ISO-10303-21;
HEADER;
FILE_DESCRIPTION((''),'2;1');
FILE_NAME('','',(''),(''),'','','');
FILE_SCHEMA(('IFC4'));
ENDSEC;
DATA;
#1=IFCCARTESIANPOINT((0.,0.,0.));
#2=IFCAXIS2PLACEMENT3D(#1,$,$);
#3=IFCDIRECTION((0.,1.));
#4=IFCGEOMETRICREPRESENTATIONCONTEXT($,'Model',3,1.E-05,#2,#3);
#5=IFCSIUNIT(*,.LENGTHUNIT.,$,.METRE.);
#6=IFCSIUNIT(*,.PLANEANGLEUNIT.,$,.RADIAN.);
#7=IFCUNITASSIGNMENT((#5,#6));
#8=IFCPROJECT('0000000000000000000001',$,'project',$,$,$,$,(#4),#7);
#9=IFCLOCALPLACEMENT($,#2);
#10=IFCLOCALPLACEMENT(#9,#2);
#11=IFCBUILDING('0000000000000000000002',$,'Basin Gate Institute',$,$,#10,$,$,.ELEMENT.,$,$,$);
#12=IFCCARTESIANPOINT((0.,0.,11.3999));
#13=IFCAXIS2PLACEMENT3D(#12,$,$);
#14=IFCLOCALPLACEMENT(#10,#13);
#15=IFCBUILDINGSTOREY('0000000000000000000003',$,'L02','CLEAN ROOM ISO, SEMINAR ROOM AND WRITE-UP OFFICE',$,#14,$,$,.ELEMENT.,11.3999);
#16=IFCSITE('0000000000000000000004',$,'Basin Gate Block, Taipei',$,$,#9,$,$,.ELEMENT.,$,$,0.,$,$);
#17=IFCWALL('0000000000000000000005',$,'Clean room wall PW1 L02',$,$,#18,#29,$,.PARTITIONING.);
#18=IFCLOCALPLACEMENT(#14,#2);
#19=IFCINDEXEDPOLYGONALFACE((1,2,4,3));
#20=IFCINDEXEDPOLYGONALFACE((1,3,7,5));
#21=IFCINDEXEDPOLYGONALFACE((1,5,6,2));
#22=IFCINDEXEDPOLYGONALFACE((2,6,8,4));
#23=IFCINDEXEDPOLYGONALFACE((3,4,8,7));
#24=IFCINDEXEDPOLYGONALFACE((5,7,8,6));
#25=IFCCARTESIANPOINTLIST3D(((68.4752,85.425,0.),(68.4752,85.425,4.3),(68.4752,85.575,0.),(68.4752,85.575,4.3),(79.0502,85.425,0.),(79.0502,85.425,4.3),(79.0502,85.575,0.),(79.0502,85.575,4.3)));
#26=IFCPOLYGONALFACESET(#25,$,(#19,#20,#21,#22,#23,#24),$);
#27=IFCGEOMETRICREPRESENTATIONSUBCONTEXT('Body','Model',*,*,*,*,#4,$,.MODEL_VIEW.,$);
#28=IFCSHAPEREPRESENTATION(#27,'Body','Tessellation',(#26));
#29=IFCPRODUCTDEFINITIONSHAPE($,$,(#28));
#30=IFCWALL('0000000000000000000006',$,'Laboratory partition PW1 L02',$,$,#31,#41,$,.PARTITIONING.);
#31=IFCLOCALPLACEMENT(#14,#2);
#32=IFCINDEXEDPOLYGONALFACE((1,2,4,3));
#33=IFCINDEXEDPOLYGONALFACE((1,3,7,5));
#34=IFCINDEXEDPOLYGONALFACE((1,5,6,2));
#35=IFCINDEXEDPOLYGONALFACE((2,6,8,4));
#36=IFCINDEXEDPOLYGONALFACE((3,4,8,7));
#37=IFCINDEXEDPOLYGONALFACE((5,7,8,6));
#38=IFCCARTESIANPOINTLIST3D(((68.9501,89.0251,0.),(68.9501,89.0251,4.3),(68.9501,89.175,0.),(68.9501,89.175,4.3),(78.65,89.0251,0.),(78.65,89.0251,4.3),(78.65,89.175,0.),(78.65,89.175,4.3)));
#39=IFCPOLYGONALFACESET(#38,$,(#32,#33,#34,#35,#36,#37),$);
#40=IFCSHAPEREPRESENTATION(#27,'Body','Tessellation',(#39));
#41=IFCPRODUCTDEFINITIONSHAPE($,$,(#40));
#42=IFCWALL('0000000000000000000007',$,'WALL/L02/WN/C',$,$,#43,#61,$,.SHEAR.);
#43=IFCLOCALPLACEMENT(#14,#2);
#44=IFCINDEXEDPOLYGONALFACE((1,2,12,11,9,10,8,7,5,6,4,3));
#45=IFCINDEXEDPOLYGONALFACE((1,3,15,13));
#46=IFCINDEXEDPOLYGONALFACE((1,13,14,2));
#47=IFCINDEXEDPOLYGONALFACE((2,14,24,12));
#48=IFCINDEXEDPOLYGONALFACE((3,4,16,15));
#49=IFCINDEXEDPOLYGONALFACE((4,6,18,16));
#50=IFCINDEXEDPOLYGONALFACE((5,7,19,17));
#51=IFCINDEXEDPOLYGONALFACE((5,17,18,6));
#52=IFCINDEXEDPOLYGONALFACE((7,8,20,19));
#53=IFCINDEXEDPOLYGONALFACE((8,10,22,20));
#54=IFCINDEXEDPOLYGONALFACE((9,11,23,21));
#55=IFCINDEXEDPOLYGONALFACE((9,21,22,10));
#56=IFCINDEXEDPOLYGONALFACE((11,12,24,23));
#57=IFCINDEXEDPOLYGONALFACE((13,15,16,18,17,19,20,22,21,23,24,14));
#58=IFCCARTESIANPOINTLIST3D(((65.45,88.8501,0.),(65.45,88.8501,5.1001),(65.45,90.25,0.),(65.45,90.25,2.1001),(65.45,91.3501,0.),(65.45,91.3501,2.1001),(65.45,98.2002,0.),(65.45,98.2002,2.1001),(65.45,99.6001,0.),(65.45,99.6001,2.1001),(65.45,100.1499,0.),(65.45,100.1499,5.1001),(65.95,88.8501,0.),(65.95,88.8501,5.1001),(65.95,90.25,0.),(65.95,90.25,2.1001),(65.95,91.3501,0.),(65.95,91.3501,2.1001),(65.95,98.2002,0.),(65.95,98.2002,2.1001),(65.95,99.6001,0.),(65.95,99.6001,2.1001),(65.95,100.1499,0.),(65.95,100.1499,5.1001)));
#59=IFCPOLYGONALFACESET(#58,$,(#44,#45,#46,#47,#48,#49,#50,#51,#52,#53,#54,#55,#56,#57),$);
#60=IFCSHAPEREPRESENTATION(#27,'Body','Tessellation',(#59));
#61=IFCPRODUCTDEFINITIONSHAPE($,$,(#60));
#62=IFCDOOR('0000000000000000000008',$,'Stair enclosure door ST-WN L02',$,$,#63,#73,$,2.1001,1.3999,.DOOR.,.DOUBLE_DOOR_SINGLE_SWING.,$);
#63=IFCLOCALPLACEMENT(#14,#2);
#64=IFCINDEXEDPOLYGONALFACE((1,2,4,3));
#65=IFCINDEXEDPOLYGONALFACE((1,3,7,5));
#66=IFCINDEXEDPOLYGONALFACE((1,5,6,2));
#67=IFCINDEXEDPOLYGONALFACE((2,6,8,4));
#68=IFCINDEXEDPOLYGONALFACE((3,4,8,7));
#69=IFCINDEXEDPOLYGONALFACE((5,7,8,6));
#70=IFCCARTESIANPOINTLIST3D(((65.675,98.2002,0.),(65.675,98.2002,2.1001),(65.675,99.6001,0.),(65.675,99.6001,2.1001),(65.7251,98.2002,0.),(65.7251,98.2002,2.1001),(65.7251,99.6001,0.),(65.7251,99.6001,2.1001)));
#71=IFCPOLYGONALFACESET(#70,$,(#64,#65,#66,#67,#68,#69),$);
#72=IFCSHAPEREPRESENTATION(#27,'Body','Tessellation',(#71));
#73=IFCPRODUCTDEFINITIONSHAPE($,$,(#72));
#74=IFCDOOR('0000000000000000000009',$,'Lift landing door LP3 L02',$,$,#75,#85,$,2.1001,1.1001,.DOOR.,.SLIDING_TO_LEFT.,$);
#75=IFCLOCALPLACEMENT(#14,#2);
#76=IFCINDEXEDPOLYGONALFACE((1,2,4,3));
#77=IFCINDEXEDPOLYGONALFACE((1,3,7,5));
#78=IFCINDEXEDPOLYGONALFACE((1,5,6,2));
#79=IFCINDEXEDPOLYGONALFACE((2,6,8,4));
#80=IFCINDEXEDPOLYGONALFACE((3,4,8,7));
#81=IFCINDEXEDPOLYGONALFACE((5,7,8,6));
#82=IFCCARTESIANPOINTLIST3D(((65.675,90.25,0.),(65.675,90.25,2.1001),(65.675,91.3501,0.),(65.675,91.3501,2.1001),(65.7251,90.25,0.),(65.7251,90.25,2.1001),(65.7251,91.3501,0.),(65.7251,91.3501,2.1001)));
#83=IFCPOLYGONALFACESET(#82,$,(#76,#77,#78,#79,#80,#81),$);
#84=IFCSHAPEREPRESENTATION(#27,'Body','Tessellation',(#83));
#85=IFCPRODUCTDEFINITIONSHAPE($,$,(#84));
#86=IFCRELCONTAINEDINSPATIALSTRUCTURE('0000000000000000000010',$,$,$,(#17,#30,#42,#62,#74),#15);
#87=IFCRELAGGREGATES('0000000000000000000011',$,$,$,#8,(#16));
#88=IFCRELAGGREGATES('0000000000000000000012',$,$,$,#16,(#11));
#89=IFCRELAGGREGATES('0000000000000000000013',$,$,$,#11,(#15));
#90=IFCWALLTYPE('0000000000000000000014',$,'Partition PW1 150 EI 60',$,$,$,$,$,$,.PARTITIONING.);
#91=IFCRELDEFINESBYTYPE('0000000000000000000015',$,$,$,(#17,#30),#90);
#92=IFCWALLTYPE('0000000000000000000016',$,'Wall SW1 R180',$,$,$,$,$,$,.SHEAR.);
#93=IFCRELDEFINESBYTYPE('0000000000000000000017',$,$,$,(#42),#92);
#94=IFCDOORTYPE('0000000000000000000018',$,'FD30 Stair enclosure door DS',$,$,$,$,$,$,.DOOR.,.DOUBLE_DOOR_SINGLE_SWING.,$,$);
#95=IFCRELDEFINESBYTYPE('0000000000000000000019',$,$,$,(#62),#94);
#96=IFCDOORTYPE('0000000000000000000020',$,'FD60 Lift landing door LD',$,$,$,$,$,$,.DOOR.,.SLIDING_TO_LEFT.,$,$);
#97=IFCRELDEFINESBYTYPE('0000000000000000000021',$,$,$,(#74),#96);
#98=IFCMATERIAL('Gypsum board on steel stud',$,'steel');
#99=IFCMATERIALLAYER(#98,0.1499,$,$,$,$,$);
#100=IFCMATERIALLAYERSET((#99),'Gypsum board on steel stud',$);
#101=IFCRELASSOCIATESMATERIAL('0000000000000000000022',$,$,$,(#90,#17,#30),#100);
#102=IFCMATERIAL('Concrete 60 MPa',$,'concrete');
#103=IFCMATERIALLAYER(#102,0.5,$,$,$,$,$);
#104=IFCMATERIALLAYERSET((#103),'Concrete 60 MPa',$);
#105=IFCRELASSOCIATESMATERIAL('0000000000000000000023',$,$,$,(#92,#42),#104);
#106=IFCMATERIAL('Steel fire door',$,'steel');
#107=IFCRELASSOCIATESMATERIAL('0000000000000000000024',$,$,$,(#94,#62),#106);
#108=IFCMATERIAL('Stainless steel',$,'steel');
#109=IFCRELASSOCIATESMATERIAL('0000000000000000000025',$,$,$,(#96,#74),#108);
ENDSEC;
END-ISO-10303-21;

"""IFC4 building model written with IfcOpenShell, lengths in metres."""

from ifc_helpers import new_model, si_unit, direction, frame, frame_2d, origin, place, context, subcontext, project, spatial, rectangle, extrude, material, layer, layer_set, type_object, element, fill, save


model = new_model("IFC4")

# Units and contexts
model_context = context("Model", 3, precision=1e-05, world=origin(), true_north=direction((0.0, 1.0)))
body_context = subcontext(model_context, "Body", "Model", "MODEL_VIEW")
ifc_project = project(units=[si_unit("LENGTHUNIT", "METRE"), si_unit("PLANEANGLEUNIT", "RADIAN")], contexts=[model_context])

# Site, building, storey
site_placement = place(None, origin())
site = spatial("IfcSite", under=ifc_project, at=site_placement, Name="Basin Gate Block, Taipei", CompositionType="ELEMENT", RefElevation=0.0)
building_placement = place(site_placement, origin())
building = spatial("IfcBuilding", under=site, at=building_placement, Name="Basin Gate Institute", CompositionType="ELEMENT")
storey_placement = place(building_placement, frame((0.0, 0.0, 11.3999)))
storey = spatial("IfcBuildingStorey", under=building, at=storey_placement, Name="L02", Description="CLEAN ROOM ISO, SEMINAR ROOM AND WRITE-UP OFFICE", CompositionType="ELEMENT", Elevation=11.3999)

# Shared definitions
ifc_material_1 = material(Name="Gypsum board on steel stud", Category="steel")
ifc_layer_1 = layer(ifc_material_1, 0.1499)
ifc_layer_set_1 = layer_set([ifc_layer_1], Name="Gypsum board on steel stud")
wall_type_1 = type_object("IfcWallType", Name="Partition PW1 150 EI 60", PredefinedType="PARTITIONING", material=ifc_layer_set_1)

# Walls
wall_1_placement = place(storey_placement, frame((68.4751, 85.5, 0.0), z_axis=(0.0, 0.0, 1.0), x_axis=(1.0, 0.0, 0.0)))
element("IfcWall", 1, at=wall_1_placement, inside=storey, type_object=wall_type_1, material=ifc_layer_set_1, Name="Clean room wall PW1 L02", PredefinedType="PARTITIONING", context=body_context, shape_type="SweptSolid", body=[
    extrude(rectangle(XDim=10.575, YDim=0.1499, at=frame_2d((5.2876, 0.0))), origin(), (0.0, 0.0, 1.0), 4.3),
])
wall_2_placement = place(storey_placement, frame((68.95, 89.1001, 0.0), z_axis=(0.0, 0.0, 1.0), x_axis=(1.0, 0.0, 0.0)))
element("IfcWall", 2, at=wall_2_placement, inside=storey, type_object=wall_type_1, material=ifc_layer_set_1, Name="Laboratory partition PW1 L02", PredefinedType="PARTITIONING", context=body_context, shape_type="SweptSolid", body=[
    extrude(rectangle(XDim=9.7, YDim=0.1499, at=frame_2d((4.8501, 0.0))), origin(), (0.0, 0.0, 1.0), 4.3),
])

# Wall, openings, doors
ifc_material_2 = material(Name="Concrete 60 MPa", Category="concrete")
ifc_layer_2 = layer(ifc_material_2, 0.5)
ifc_layer_set_2 = layer_set([ifc_layer_2], Name="Concrete 60 MPa")
wall_type_2 = type_object("IfcWallType", Name="Wall SW1 R180", PredefinedType="SHEAR", material=ifc_layer_set_2)
wall_3_placement = place(storey_placement, frame((65.7, 88.8501, 0.0), z_axis=(0.0, 0.0, 1.0), x_axis=(0.0, 1.0, 0.0)))
wall_3 = element("IfcWall", 3, at=wall_3_placement, inside=storey, type_object=wall_type_2, material=ifc_layer_set_2, Name="WALL/L02/WN/C", PredefinedType="SHEAR", context=body_context, shape_type="SweptSolid", body=[
    extrude(rectangle(XDim=11.2998, YDim=0.5, at=frame_2d((5.6499, 0.0))), origin(), (0.0, 0.0, 1.0), 5.1001),
])
opening_1_placement = place(wall_3_placement, frame((9.3501, 0.0, 0.0)))
opening_1 = element("IfcOpeningElement", 4, at=opening_1_placement, cuts=wall_3, PredefinedType="OPENING", context=body_context, shape_type="SweptSolid", body=[
    extrude(rectangle(XDim=1.3999, YDim=2.1001, at=frame_2d((0.7, 1.05))), frame((0.0, 0.26, 0.0), z_axis=(0.0, -1.0, 0.0), x_axis=(1.0, 0.0, 0.0)), (0.0, 0.0, 1.0), 0.52),
])
opening_2_placement = place(wall_3_placement, frame((1.3999, 0.0, 0.0)))
opening_2 = element("IfcOpeningElement", 5, at=opening_2_placement, cuts=wall_3, PredefinedType="OPENING", context=body_context, shape_type="SweptSolid", body=[
    extrude(rectangle(XDim=1.1001, YDim=2.1001, at=frame_2d((0.55, 1.05))), frame((0.0, 0.26, 0.0), z_axis=(0.0, -1.0, 0.0), x_axis=(1.0, 0.0, 0.0)), (0.0, 0.0, 1.0), 0.52),
])
ifc_material_3 = material(Name="Steel fire door", Category="steel")
door_type_1 = type_object("IfcDoorType", Name="FD30 Stair enclosure door DS", OperationType="DOUBLE_DOOR_SINGLE_SWING", PredefinedType="DOOR", material=ifc_material_3)
door_1_placement = place(opening_1_placement, origin())
door_1 = element("IfcDoor", 6, at=door_1_placement, inside=storey, type_object=door_type_1, material=ifc_material_3, Name="Stair enclosure door ST-WN L02", OperationType="DOUBLE_DOOR_SINGLE_SWING", OverallHeight=2.1001, OverallWidth=1.3999, PredefinedType="DOOR", context=body_context, shape_type="SweptSolid", body=[
    extrude(rectangle(XDim=1.3999, YDim=2.1001, at=frame_2d((0.7, 1.05))), frame((0.0, 0.0249, 0.0), z_axis=(0.0, -1.0, 0.0), x_axis=(1.0, 0.0, 0.0)), (0.0, 0.0, 1.0), 0.05),
])
fill(opening_1, door_1)
ifc_material_4 = material(Name="Stainless steel", Category="steel")
door_type_2 = type_object("IfcDoorType", Name="FD60 Lift landing door LD", OperationType="SLIDING_TO_LEFT", PredefinedType="DOOR", material=ifc_material_4)
door_2_placement = place(opening_2_placement, origin())
door_2 = element("IfcDoor", 7, at=door_2_placement, inside=storey, type_object=door_type_2, material=ifc_material_4, Name="Lift landing door LP3 L02", OperationType="SLIDING_TO_LEFT", OverallHeight=2.1001, OverallWidth=1.1001, PredefinedType="DOOR", context=body_context, shape_type="SweptSolid", body=[
    extrude(rectangle(XDim=1.1001, YDim=2.1001, at=frame_2d((0.55, 1.05))), frame((0.0, 0.0249, 0.0), z_axis=(0.0, -1.0, 0.0), x_axis=(1.0, 0.0, 0.0)), (0.0, 0.0, 1.0), 0.05),
])
fill(opening_2, door_2)

save(model, "model.ifc")
